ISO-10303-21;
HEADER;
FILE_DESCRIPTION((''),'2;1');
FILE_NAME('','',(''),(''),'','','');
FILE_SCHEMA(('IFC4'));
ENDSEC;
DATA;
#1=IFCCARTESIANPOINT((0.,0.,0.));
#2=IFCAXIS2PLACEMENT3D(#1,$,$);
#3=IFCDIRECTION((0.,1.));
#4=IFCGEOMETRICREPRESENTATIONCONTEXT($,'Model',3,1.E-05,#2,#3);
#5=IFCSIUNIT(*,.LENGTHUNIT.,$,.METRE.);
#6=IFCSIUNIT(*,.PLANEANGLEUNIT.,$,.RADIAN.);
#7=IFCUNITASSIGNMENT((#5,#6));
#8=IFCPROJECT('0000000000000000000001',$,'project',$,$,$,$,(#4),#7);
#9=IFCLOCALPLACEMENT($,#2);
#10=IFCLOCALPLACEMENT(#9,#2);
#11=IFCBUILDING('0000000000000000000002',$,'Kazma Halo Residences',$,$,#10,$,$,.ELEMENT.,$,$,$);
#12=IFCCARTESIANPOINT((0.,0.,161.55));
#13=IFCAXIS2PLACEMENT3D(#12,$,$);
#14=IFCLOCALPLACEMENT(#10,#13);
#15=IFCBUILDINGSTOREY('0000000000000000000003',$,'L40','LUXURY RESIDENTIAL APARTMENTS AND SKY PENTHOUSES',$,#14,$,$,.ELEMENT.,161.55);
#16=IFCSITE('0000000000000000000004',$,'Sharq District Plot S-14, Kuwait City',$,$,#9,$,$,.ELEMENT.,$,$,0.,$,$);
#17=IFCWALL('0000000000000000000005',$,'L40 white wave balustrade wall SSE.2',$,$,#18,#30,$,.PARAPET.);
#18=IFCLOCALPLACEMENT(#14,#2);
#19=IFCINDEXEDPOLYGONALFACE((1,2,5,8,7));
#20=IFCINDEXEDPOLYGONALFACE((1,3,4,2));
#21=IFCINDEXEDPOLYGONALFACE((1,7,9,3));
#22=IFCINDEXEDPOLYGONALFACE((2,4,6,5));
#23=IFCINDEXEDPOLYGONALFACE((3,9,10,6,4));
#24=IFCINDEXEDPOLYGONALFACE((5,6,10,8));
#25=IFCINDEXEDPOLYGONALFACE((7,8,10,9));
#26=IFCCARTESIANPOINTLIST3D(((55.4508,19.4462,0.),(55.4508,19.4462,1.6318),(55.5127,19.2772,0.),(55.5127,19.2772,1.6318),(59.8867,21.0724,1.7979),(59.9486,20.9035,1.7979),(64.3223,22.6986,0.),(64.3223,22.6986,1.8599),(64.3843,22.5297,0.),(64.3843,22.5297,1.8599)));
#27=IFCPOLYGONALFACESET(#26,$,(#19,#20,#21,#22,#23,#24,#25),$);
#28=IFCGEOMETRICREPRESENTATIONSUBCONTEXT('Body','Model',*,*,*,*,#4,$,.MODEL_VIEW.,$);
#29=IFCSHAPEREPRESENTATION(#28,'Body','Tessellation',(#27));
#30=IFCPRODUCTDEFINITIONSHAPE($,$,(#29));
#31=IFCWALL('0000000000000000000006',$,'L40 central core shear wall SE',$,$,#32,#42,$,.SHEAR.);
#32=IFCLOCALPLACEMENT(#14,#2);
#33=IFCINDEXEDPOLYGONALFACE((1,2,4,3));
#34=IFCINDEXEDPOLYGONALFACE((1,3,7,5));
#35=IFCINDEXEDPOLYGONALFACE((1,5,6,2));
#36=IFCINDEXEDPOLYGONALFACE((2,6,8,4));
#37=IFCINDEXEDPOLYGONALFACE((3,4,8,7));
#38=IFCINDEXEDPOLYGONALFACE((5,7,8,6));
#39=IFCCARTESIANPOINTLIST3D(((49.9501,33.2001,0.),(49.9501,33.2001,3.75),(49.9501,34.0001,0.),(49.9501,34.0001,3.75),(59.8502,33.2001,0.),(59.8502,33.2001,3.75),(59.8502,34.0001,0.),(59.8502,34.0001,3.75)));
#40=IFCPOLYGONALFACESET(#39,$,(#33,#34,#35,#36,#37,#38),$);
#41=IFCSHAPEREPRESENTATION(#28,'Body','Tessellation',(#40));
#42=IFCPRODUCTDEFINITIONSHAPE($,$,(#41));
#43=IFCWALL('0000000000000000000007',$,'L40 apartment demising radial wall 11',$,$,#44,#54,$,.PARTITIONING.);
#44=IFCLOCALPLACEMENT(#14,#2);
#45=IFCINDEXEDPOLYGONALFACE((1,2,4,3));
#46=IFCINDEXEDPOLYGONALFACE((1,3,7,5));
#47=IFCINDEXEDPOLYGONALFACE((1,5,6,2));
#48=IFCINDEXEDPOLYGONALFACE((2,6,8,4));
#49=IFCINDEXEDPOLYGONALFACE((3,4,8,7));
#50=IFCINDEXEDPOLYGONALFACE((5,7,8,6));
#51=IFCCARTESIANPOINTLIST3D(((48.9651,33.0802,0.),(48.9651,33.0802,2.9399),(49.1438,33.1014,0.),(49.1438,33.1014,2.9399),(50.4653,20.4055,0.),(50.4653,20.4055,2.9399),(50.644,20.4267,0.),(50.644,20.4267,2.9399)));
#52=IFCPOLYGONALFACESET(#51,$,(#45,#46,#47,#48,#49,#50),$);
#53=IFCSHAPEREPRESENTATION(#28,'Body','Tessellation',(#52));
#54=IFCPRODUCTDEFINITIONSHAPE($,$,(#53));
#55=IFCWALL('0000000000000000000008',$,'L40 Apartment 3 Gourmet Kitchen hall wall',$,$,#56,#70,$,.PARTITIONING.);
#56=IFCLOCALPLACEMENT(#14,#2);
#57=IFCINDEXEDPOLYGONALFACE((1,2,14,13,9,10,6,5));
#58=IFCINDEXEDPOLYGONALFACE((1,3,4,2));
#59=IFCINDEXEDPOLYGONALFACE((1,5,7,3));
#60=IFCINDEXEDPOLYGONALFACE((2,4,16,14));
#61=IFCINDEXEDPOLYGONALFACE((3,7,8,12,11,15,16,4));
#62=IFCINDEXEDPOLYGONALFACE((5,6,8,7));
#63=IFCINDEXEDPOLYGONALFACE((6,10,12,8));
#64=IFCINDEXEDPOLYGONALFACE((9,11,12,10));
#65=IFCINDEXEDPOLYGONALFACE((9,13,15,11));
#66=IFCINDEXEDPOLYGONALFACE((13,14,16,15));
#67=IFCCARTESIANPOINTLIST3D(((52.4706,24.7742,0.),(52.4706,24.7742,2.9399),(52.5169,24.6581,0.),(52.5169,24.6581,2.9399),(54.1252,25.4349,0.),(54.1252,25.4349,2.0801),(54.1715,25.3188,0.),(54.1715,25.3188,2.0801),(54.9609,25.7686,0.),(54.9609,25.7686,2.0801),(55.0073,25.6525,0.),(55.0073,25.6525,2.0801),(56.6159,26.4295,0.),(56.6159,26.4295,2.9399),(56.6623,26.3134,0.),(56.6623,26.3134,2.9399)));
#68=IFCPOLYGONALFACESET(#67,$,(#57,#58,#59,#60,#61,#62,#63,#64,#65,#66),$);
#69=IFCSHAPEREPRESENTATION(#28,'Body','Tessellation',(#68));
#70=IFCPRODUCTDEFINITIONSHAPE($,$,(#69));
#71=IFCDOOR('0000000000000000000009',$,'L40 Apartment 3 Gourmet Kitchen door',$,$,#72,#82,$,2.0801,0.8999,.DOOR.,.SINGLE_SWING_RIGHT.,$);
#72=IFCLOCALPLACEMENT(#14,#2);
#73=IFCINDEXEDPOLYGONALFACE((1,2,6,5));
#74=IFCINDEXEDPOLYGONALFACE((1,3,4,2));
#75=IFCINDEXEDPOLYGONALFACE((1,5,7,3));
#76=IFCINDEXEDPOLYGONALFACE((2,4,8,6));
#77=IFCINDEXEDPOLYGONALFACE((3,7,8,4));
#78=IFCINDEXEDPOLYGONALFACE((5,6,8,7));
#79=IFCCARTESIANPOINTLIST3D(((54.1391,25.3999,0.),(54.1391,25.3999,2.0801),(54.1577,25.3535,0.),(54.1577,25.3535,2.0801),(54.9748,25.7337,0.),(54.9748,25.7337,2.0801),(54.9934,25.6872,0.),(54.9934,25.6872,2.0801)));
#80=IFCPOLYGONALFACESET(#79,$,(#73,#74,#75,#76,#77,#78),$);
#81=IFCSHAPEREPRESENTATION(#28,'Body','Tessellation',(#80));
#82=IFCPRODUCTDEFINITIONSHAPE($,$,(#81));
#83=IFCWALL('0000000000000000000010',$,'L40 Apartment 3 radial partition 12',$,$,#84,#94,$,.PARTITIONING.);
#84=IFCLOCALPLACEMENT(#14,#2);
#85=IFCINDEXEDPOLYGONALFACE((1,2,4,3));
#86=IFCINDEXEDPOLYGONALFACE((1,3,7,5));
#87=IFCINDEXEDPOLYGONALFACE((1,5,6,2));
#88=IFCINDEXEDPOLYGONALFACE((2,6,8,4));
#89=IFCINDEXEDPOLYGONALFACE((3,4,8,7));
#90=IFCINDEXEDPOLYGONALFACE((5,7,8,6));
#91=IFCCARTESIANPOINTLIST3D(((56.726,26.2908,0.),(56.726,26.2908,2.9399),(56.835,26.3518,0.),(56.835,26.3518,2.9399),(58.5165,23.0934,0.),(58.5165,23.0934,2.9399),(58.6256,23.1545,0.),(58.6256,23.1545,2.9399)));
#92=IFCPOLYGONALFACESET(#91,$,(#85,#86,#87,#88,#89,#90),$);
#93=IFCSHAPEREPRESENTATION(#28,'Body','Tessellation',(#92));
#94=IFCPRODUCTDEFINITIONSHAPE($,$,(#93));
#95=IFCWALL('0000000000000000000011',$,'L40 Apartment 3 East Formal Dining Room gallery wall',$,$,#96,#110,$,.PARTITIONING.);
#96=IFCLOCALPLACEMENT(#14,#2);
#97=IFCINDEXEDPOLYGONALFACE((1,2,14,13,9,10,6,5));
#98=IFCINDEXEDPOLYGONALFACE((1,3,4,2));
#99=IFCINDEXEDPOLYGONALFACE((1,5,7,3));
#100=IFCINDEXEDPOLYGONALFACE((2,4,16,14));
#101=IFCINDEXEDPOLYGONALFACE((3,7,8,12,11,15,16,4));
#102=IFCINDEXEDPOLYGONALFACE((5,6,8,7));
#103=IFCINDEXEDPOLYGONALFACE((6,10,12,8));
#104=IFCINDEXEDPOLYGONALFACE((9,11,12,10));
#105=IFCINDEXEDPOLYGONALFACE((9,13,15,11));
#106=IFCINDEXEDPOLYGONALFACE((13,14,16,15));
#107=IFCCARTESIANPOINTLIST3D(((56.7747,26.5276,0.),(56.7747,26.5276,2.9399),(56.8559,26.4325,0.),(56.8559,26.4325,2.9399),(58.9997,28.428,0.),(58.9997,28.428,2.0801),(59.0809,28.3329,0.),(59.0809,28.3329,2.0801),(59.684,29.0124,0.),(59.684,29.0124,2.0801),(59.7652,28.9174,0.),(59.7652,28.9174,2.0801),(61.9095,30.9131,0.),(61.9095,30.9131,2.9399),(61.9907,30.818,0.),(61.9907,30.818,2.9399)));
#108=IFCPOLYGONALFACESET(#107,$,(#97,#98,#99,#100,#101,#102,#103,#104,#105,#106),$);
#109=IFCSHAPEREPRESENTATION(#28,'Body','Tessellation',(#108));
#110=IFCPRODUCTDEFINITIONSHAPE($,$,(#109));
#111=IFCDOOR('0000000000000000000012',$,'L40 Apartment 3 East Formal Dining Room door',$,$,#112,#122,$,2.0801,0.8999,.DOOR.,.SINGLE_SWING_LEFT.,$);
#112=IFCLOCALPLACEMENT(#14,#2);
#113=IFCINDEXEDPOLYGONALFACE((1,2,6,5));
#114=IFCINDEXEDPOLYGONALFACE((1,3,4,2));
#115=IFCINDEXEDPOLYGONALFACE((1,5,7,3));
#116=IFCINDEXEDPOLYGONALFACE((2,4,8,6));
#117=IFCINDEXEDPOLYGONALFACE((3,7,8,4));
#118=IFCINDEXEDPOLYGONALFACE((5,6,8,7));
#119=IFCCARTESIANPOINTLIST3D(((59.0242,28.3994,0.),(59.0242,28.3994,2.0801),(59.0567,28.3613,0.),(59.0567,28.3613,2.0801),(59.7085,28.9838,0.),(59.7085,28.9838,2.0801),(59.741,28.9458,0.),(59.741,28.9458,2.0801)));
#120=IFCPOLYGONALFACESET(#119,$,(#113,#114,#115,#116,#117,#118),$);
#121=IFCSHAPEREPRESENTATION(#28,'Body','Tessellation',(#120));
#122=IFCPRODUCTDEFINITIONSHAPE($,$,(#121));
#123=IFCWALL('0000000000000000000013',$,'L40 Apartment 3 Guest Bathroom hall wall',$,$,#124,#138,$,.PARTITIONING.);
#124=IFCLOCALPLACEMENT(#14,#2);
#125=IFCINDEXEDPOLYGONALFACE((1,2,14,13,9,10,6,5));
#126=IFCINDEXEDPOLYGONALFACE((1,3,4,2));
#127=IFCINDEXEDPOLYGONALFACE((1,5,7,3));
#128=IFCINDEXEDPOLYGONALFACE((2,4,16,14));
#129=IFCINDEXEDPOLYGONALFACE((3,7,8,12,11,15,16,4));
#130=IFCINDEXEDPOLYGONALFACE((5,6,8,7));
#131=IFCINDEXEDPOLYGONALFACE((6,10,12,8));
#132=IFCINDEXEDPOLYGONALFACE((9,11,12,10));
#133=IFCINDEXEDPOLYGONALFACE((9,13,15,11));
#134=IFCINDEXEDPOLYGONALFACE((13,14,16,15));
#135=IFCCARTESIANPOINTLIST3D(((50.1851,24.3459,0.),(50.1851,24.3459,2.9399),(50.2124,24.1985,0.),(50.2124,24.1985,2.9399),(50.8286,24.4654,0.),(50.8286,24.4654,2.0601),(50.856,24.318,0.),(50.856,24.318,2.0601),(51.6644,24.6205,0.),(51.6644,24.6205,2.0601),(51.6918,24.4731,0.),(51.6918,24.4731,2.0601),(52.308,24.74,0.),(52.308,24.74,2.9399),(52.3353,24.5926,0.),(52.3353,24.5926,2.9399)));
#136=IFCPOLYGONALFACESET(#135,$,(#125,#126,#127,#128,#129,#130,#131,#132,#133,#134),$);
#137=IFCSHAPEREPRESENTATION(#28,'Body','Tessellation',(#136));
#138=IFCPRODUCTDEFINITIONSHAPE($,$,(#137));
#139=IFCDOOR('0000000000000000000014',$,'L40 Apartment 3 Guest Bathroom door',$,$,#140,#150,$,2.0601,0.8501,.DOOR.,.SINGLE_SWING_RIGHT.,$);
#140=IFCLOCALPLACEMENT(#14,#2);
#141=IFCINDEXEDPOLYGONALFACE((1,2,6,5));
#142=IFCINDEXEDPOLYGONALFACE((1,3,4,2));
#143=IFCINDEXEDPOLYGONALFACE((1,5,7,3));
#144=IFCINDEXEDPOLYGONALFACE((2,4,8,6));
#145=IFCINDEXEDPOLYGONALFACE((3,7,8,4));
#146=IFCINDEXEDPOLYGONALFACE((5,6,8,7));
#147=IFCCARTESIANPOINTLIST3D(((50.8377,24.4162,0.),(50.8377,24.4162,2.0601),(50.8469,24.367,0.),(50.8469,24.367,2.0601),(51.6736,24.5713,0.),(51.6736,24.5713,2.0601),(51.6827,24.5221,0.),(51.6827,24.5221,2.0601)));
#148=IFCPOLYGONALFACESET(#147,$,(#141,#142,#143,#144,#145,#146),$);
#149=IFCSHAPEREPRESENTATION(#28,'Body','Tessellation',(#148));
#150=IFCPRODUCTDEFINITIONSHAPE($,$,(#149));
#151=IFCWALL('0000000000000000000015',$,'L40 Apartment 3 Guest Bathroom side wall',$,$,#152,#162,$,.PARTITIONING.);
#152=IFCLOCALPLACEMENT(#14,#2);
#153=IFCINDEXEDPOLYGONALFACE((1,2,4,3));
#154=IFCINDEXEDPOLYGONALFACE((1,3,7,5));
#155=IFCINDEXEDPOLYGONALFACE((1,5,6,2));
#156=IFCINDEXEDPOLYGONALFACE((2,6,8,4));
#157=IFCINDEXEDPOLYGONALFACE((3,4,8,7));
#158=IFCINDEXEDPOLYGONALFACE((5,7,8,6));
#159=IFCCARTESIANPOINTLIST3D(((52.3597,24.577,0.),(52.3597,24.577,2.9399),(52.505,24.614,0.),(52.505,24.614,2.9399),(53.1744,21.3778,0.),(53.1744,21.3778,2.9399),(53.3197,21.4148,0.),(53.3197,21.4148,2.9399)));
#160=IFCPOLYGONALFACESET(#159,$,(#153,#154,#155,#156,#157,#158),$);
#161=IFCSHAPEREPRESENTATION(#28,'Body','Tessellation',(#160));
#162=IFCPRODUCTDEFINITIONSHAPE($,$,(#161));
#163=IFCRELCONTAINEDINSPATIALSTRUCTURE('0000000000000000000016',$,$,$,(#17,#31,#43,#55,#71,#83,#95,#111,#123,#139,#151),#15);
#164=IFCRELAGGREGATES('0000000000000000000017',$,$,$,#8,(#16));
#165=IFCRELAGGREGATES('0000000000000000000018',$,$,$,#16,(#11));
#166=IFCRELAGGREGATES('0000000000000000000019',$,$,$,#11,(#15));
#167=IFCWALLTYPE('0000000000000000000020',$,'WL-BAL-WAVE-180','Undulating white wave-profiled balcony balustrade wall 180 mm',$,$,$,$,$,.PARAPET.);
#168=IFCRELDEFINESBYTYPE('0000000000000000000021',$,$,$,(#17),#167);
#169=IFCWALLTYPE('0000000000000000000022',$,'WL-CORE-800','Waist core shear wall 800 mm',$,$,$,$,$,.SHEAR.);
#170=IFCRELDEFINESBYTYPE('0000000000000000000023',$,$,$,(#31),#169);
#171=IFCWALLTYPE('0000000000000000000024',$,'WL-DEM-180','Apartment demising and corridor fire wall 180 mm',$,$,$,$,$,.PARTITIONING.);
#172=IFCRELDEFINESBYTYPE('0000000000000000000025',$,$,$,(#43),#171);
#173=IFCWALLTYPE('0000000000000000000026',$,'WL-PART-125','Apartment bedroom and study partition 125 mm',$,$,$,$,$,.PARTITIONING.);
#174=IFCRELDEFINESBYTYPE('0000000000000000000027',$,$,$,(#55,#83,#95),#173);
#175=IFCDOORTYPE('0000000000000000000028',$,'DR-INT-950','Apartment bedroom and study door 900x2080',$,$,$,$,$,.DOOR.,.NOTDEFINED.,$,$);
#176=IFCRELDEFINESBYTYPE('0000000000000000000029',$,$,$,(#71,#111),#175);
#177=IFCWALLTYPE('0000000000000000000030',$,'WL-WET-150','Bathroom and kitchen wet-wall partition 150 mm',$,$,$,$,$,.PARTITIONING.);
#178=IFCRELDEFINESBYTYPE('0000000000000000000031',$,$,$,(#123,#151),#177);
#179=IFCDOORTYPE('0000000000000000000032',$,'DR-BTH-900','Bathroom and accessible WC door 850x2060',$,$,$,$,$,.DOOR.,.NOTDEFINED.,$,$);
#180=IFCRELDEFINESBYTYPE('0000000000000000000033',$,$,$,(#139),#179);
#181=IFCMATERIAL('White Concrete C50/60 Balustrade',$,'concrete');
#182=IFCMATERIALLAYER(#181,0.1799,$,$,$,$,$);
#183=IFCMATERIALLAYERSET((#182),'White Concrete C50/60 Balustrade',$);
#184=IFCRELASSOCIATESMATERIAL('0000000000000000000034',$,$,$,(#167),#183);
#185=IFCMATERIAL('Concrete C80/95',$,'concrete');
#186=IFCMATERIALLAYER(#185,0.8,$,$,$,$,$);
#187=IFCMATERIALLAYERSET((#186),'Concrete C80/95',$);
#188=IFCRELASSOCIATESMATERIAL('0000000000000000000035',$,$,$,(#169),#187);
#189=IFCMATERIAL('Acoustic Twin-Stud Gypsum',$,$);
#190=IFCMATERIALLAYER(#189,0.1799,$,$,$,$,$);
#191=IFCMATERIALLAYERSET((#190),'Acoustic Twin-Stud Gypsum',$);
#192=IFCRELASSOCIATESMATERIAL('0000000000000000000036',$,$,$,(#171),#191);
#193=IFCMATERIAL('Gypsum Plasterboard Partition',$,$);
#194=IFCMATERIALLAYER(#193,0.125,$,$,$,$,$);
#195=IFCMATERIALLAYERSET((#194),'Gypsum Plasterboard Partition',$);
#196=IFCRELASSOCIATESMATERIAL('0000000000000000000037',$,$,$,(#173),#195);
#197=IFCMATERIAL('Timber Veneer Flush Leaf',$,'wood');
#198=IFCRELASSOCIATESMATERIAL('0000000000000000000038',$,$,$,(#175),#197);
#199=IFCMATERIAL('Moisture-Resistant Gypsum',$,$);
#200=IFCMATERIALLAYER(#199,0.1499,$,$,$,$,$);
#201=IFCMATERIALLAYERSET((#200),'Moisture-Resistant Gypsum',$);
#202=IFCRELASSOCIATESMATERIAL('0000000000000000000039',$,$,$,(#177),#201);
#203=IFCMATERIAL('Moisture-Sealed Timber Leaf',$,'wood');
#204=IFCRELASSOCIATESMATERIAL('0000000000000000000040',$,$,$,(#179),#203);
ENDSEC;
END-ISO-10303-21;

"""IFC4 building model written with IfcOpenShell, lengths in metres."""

from ifc_helpers import new_model, si_unit, direction, frame, frame_2d, origin, place, context, subcontext, project, spatial, polyline, rectangle, outline, extrude, material, layer, layer_set, type_object, element, fill, save


model = new_model("IFC4")

# Units and contexts
model_context = context("Model", 3, precision=1e-05, world=origin(), true_north=direction((0.0, 1.0)))
body_context = subcontext(model_context, "Body", "Model", "MODEL_VIEW")
ifc_project = project(units=[si_unit("LENGTHUNIT", "METRE"), si_unit("PLANEANGLEUNIT", "RADIAN")], contexts=[model_context])

# Site, building, storey
site_placement = place(None, origin())
site = spatial("IfcSite", under=ifc_project, at=site_placement, Name="Sharq District Plot S-14, Kuwait City", CompositionType="ELEMENT", RefElevation=0.0)
building_placement = place(site_placement, origin())
building = spatial("IfcBuilding", under=site, at=building_placement, Name="Kazma Halo Residences", CompositionType="ELEMENT")
storey_placement = place(building_placement, frame((0.0, 0.0, 161.55)))
storey = spatial("IfcBuildingStorey", under=building, at=storey_placement, Name="L40", Description="LUXURY RESIDENTIAL APARTMENTS AND SKY PENTHOUSES", CompositionType="ELEMENT", Elevation=161.55)

# Shared definitions
ifc_material_1 = material(Name="Concrete C80/95", Category="concrete")

# Walls
ifc_material_2 = material(Name="White Concrete C50/60 Balustrade", Category="concrete")
ifc_layer_1 = layer(ifc_material_2, 0.1799)
ifc_layer_set_1 = layer_set([ifc_layer_1], Name="White Concrete C50/60 Balustrade")
wall_type_1 = type_object("IfcWallType", Name="WL-BAL-WAVE-180", Description="Undulating white wave-profiled balcony balustrade wall 180 mm", PredefinedType="PARAPET", material=ifc_layer_set_1)
wall_1_placement = place(storey_placement, frame((55.4817, 19.3618, 0.0), z_axis=(0.0, 0.0, 1.0), x_axis=(0.938892, 0.344211, 0.0)))
element("IfcWall", 1, at=wall_1_placement, inside=storey, type_object=wall_type_1, Name="L40 white wave balustrade wall SSE.2", PredefinedType="PARAPET", context=body_context, shape_type="SweptSolid", body=[
    extrude(outline(polyline([(0.0, 0.0), (9.449, 0.0), (9.449, 1.8599), (4.7246, 1.7979), (0.0, 1.6318), (0.0, 0.0)])), frame((0.0, 0.0898, 0.0), z_axis=(0.0, -1.0, 0.0), x_axis=(1.0, 0.0, 0.0)), (0.0, 0.0, 1.0), 0.1799),
])
ifc_layer_2 = layer(ifc_material_1, 0.8)
ifc_layer_set_2 = layer_set([ifc_layer_2], Name="Concrete C80/95")
wall_type_2 = type_object("IfcWallType", Name="WL-CORE-800", Description="Waist core shear wall 800 mm", PredefinedType="SHEAR", material=ifc_layer_set_2)
wall_2_placement = place(storey_placement, frame((49.95, 33.6001, 0.0), z_axis=(0.0, 0.0, 1.0), x_axis=(1.0, 0.0, 0.0)))
element("IfcWall", 2, at=wall_2_placement, inside=storey, type_object=wall_type_2, Name="L40 central core shear wall SE", PredefinedType="SHEAR", context=body_context, shape_type="SweptSolid", body=[
    extrude(rectangle(XDim=9.9001, YDim=0.8, at=frame_2d((4.9502, 0.0))), origin(), (0.0, 0.0, 1.0), 3.75),
])
ifc_material_3 = material(Name="Acoustic Twin-Stud Gypsum")
ifc_layer_3 = layer(ifc_material_3, 0.1799)
ifc_layer_set_3 = layer_set([ifc_layer_3], Name="Acoustic Twin-Stud Gypsum")
wall_type_3 = type_object("IfcWallType", Name="WL-DEM-180", Description="Apartment demising and corridor fire wall 180 mm", PredefinedType="PARTITIONING", material=ifc_layer_set_3)
wall_3_placement = place(storey_placement, frame((49.0544, 33.0908, 0.0), z_axis=(0.0, 0.0, 1.0), x_axis=(0.117544, -0.993068, 0.0)))
element("IfcWall", 3, at=wall_3_placement, inside=storey, type_object=wall_type_3, Name="L40 apartment demising radial wall 11", PredefinedType="PARTITIONING", context=body_context, shape_type="SweptSolid", body=[
    extrude(rectangle(XDim=12.7632, YDim=0.1799, at=frame_2d((6.3816, 0.0))), origin(), (0.0, 0.0, 1.0), 2.9399),
])

# Wall, opening, door
ifc_material_4 = material(Name="Gypsum Plasterboard Partition")
ifc_layer_4 = layer(ifc_material_4, 0.125)
ifc_layer_set_4 = layer_set([ifc_layer_4], Name="Gypsum Plasterboard Partition")
wall_type_4 = type_object("IfcWallType", Name="WL-PART-125", Description="Apartment bedroom and study partition 125 mm", PredefinedType="PARTITIONING", material=ifc_layer_set_4)
wall_4_placement = place(storey_placement, frame((52.4937, 24.7161, 0.0), z_axis=(0.0, 0.0, 1.0), x_axis=(0.928695, 0.370844, 0.0)))
wall_4 = element("IfcWall", 4, at=wall_4_placement, inside=storey, type_object=wall_type_4, Name="L40 Apartment 3 Gourmet Kitchen hall wall", PredefinedType="PARTITIONING", context=body_context, shape_type="SweptSolid", body=[
    extrude(rectangle(XDim=4.4636, YDim=0.125, at=frame_2d((2.2319, 0.0))), origin(), (0.0, 0.0, 1.0), 2.9399),
])
opening_1_placement = place(wall_4_placement, frame((1.7817, 0.0, 0.0)))
opening_1 = element("IfcOpeningElement", 5, at=opening_1_placement, cuts=wall_4, PredefinedType="OPENING", context=body_context, shape_type="SweptSolid", body=[
    extrude(rectangle(XDim=0.8999, YDim=2.0801, at=frame_2d((0.45, 1.04))), frame((0.0, 0.0725, 0.0), z_axis=(0.0, -1.0, 0.0), x_axis=(1.0, 0.0, 0.0)), (0.0, 0.0, 1.0), 0.145),
])
ifc_material_5 = material(Name="Timber Veneer Flush Leaf", Category="wood")
door_type_1 = type_object("IfcDoorType", Name="DR-INT-950", Description="Apartment bedroom and study door 900x2080", OperationType="NOTDEFINED", PredefinedType="DOOR", material=ifc_material_5)
door_1_placement = place(opening_1_placement, origin())
door_1 = element("IfcDoor", 6, at=door_1_placement, inside=storey, type_object=door_type_1, Name="L40 Apartment 3 Gourmet Kitchen door", OperationType="SINGLE_SWING_RIGHT", OverallHeight=2.0801, OverallWidth=0.8999, PredefinedType="DOOR", context=body_context, shape_type="SweptSolid", body=[
    extrude(rectangle(XDim=0.8999, YDim=2.0801, at=frame_2d((0.45, 1.04))), frame((0.0, 0.0249, 0.0), z_axis=(0.0, -1.0, 0.0), x_axis=(1.0, 0.0, 0.0)), (0.0, 0.0, 1.0), 0.05),
])
fill(opening_1, door_1)

# Wall
wall_5_placement = place(storey_placement, frame((56.7805, 26.3213, 0.0), z_axis=(0.0, 0.0, 1.0), x_axis=(0.488616, -0.872499, 0.0)))
element("IfcWall", 7, at=wall_5_placement, inside=storey, type_object=wall_type_4, Name="L40 Apartment 3 radial partition 12", PredefinedType="PARTITIONING", context=body_context, shape_type="SweptSolid", body=[
    extrude(rectangle(XDim=3.6646, YDim=0.125, at=frame_2d((1.8323, 0.0))), origin(), (0.0, 0.0, 1.0), 2.9399),
])

# Walls, openings, doors
wall_6_placement = place(storey_placement, frame((56.8152, 26.48, 0.0), z_axis=(0.0, 0.0, 1.0), x_axis=(0.760406, 0.649448, 0.0)))
wall_6 = element("IfcWall", 8, at=wall_6_placement, inside=storey, type_object=wall_type_4, Name="L40 Apartment 3 East Formal Dining Room gallery wall", PredefinedType="PARTITIONING", context=body_context, shape_type="SweptSolid", body=[
    extrude(rectangle(XDim=6.7527, YDim=0.125, at=frame_2d((3.3765, 0.0))), origin(), (0.0, 0.0, 1.0), 2.9399),
])
opening_2_placement = place(wall_6_placement, frame((2.9263, 0.0, 0.0)))
opening_2 = element("IfcOpeningElement", 9, at=opening_2_placement, cuts=wall_6, PredefinedType="OPENING", context=body_context, shape_type="SweptSolid", body=[
    extrude(rectangle(XDim=0.8999, YDim=2.0801, at=frame_2d((0.45, 1.04))), frame((0.0, 0.0725, 0.0), z_axis=(0.0, -1.0, 0.0), x_axis=(1.0, 0.0, 0.0)), (0.0, 0.0, 1.0), 0.145),
])
door_2_placement = place(opening_2_placement, origin())
door_2 = element("IfcDoor", 10, at=door_2_placement, inside=storey, type_object=door_type_1, Name="L40 Apartment 3 East Formal Dining Room door", OperationType="SINGLE_SWING_LEFT", OverallHeight=2.0801, OverallWidth=0.8999, PredefinedType="DOOR", context=body_context, shape_type="SweptSolid", body=[
    extrude(rectangle(XDim=0.8999, YDim=2.0801, at=frame_2d((0.45, 1.04))), frame((0.0, 0.0249, 0.0), z_axis=(0.0, -1.0, 0.0), x_axis=(1.0, 0.0, 0.0)), (0.0, 0.0, 1.0), 0.05),
])
fill(opening_2, door_2)
ifc_material_6 = material(Name="Moisture-Resistant Gypsum")
ifc_layer_5 = layer(ifc_material_6, 0.1499)
ifc_layer_set_5 = layer_set([ifc_layer_5], Name="Moisture-Resistant Gypsum")
wall_type_5 = type_object("IfcWallType", Name="WL-WET-150", Description="Bathroom and kitchen wet-wall partition 150 mm", PredefinedType="PARTITIONING", material=ifc_layer_set_5)
wall_7_placement = place(storey_placement, frame((50.1987, 24.2722, 0.0), z_axis=(0.0, 0.0, 1.0), x_axis=(0.983205, 0.182506, 0.0)))
wall_7 = element("IfcWall", 11, at=wall_7_placement, inside=storey, type_object=wall_type_5, Name="L40 Apartment 3 Guest Bathroom hall wall", PredefinedType="PARTITIONING", context=body_context, shape_type="SweptSolid", body=[
    extrude(rectangle(XDim=2.1592, YDim=0.1499, at=frame_2d((1.0796, 0.0))), origin(), (0.0, 0.0, 1.0), 2.9399),
])
opening_3_placement = place(wall_7_placement, frame((0.6545, 0.0, 0.0)))
opening_3 = element("IfcOpeningElement", 12, at=opening_3_placement, cuts=wall_7, PredefinedType="OPENING", context=body_context, shape_type="SweptSolid", body=[
    extrude(rectangle(XDim=0.8501, YDim=2.0601, at=frame_2d((0.425, 1.03))), frame((0.0, 0.085, 0.0), z_axis=(0.0, -1.0, 0.0), x_axis=(1.0, 0.0, 0.0)), (0.0, 0.0, 1.0), 0.1699),
])
ifc_material_7 = material(Name="Moisture-Sealed Timber Leaf", Category="wood")
door_type_2 = type_object("IfcDoorType", Name="DR-BTH-900", Description="Bathroom and accessible WC door 850x2060", OperationType="NOTDEFINED", PredefinedType="DOOR", material=ifc_material_7)
door_3_placement = place(opening_3_placement, origin())
door_3 = element("IfcDoor", 13, at=door_3_placement, inside=storey, type_object=door_type_2, Name="L40 Apartment 3 Guest Bathroom door", OperationType="SINGLE_SWING_RIGHT", OverallHeight=2.0601, OverallWidth=0.8501, PredefinedType="DOOR", context=body_context, shape_type="SweptSolid", body=[
    extrude(rectangle(XDim=0.8501, YDim=2.0601, at=frame_2d((0.425, 1.03))), frame((0.0, 0.0249, 0.0), z_axis=(0.0, -1.0, 0.0), x_axis=(1.0, 0.0, 0.0)), (0.0, 0.0, 1.0), 0.05),
])
fill(opening_3, door_3)

# Wall
wall_8_placement = place(storey_placement, frame((52.4324, 24.5955, 0.0), z_axis=(0.0, 0.0, 1.0), x_axis=(0.246779, -0.969072, 0.0)))
element("IfcWall", 14, at=wall_8_placement, inside=storey, type_object=wall_type_5, Name="L40 Apartment 3 Guest Bathroom side wall", PredefinedType="PARTITIONING", context=body_context, shape_type="SweptSolid", body=[
    extrude(rectangle(XDim=3.3013, YDim=0.1499, at=frame_2d((1.6506, 0.0))), origin(), (0.0, 0.0, 1.0), 2.9399),
])

save(model, "model.ifc")
